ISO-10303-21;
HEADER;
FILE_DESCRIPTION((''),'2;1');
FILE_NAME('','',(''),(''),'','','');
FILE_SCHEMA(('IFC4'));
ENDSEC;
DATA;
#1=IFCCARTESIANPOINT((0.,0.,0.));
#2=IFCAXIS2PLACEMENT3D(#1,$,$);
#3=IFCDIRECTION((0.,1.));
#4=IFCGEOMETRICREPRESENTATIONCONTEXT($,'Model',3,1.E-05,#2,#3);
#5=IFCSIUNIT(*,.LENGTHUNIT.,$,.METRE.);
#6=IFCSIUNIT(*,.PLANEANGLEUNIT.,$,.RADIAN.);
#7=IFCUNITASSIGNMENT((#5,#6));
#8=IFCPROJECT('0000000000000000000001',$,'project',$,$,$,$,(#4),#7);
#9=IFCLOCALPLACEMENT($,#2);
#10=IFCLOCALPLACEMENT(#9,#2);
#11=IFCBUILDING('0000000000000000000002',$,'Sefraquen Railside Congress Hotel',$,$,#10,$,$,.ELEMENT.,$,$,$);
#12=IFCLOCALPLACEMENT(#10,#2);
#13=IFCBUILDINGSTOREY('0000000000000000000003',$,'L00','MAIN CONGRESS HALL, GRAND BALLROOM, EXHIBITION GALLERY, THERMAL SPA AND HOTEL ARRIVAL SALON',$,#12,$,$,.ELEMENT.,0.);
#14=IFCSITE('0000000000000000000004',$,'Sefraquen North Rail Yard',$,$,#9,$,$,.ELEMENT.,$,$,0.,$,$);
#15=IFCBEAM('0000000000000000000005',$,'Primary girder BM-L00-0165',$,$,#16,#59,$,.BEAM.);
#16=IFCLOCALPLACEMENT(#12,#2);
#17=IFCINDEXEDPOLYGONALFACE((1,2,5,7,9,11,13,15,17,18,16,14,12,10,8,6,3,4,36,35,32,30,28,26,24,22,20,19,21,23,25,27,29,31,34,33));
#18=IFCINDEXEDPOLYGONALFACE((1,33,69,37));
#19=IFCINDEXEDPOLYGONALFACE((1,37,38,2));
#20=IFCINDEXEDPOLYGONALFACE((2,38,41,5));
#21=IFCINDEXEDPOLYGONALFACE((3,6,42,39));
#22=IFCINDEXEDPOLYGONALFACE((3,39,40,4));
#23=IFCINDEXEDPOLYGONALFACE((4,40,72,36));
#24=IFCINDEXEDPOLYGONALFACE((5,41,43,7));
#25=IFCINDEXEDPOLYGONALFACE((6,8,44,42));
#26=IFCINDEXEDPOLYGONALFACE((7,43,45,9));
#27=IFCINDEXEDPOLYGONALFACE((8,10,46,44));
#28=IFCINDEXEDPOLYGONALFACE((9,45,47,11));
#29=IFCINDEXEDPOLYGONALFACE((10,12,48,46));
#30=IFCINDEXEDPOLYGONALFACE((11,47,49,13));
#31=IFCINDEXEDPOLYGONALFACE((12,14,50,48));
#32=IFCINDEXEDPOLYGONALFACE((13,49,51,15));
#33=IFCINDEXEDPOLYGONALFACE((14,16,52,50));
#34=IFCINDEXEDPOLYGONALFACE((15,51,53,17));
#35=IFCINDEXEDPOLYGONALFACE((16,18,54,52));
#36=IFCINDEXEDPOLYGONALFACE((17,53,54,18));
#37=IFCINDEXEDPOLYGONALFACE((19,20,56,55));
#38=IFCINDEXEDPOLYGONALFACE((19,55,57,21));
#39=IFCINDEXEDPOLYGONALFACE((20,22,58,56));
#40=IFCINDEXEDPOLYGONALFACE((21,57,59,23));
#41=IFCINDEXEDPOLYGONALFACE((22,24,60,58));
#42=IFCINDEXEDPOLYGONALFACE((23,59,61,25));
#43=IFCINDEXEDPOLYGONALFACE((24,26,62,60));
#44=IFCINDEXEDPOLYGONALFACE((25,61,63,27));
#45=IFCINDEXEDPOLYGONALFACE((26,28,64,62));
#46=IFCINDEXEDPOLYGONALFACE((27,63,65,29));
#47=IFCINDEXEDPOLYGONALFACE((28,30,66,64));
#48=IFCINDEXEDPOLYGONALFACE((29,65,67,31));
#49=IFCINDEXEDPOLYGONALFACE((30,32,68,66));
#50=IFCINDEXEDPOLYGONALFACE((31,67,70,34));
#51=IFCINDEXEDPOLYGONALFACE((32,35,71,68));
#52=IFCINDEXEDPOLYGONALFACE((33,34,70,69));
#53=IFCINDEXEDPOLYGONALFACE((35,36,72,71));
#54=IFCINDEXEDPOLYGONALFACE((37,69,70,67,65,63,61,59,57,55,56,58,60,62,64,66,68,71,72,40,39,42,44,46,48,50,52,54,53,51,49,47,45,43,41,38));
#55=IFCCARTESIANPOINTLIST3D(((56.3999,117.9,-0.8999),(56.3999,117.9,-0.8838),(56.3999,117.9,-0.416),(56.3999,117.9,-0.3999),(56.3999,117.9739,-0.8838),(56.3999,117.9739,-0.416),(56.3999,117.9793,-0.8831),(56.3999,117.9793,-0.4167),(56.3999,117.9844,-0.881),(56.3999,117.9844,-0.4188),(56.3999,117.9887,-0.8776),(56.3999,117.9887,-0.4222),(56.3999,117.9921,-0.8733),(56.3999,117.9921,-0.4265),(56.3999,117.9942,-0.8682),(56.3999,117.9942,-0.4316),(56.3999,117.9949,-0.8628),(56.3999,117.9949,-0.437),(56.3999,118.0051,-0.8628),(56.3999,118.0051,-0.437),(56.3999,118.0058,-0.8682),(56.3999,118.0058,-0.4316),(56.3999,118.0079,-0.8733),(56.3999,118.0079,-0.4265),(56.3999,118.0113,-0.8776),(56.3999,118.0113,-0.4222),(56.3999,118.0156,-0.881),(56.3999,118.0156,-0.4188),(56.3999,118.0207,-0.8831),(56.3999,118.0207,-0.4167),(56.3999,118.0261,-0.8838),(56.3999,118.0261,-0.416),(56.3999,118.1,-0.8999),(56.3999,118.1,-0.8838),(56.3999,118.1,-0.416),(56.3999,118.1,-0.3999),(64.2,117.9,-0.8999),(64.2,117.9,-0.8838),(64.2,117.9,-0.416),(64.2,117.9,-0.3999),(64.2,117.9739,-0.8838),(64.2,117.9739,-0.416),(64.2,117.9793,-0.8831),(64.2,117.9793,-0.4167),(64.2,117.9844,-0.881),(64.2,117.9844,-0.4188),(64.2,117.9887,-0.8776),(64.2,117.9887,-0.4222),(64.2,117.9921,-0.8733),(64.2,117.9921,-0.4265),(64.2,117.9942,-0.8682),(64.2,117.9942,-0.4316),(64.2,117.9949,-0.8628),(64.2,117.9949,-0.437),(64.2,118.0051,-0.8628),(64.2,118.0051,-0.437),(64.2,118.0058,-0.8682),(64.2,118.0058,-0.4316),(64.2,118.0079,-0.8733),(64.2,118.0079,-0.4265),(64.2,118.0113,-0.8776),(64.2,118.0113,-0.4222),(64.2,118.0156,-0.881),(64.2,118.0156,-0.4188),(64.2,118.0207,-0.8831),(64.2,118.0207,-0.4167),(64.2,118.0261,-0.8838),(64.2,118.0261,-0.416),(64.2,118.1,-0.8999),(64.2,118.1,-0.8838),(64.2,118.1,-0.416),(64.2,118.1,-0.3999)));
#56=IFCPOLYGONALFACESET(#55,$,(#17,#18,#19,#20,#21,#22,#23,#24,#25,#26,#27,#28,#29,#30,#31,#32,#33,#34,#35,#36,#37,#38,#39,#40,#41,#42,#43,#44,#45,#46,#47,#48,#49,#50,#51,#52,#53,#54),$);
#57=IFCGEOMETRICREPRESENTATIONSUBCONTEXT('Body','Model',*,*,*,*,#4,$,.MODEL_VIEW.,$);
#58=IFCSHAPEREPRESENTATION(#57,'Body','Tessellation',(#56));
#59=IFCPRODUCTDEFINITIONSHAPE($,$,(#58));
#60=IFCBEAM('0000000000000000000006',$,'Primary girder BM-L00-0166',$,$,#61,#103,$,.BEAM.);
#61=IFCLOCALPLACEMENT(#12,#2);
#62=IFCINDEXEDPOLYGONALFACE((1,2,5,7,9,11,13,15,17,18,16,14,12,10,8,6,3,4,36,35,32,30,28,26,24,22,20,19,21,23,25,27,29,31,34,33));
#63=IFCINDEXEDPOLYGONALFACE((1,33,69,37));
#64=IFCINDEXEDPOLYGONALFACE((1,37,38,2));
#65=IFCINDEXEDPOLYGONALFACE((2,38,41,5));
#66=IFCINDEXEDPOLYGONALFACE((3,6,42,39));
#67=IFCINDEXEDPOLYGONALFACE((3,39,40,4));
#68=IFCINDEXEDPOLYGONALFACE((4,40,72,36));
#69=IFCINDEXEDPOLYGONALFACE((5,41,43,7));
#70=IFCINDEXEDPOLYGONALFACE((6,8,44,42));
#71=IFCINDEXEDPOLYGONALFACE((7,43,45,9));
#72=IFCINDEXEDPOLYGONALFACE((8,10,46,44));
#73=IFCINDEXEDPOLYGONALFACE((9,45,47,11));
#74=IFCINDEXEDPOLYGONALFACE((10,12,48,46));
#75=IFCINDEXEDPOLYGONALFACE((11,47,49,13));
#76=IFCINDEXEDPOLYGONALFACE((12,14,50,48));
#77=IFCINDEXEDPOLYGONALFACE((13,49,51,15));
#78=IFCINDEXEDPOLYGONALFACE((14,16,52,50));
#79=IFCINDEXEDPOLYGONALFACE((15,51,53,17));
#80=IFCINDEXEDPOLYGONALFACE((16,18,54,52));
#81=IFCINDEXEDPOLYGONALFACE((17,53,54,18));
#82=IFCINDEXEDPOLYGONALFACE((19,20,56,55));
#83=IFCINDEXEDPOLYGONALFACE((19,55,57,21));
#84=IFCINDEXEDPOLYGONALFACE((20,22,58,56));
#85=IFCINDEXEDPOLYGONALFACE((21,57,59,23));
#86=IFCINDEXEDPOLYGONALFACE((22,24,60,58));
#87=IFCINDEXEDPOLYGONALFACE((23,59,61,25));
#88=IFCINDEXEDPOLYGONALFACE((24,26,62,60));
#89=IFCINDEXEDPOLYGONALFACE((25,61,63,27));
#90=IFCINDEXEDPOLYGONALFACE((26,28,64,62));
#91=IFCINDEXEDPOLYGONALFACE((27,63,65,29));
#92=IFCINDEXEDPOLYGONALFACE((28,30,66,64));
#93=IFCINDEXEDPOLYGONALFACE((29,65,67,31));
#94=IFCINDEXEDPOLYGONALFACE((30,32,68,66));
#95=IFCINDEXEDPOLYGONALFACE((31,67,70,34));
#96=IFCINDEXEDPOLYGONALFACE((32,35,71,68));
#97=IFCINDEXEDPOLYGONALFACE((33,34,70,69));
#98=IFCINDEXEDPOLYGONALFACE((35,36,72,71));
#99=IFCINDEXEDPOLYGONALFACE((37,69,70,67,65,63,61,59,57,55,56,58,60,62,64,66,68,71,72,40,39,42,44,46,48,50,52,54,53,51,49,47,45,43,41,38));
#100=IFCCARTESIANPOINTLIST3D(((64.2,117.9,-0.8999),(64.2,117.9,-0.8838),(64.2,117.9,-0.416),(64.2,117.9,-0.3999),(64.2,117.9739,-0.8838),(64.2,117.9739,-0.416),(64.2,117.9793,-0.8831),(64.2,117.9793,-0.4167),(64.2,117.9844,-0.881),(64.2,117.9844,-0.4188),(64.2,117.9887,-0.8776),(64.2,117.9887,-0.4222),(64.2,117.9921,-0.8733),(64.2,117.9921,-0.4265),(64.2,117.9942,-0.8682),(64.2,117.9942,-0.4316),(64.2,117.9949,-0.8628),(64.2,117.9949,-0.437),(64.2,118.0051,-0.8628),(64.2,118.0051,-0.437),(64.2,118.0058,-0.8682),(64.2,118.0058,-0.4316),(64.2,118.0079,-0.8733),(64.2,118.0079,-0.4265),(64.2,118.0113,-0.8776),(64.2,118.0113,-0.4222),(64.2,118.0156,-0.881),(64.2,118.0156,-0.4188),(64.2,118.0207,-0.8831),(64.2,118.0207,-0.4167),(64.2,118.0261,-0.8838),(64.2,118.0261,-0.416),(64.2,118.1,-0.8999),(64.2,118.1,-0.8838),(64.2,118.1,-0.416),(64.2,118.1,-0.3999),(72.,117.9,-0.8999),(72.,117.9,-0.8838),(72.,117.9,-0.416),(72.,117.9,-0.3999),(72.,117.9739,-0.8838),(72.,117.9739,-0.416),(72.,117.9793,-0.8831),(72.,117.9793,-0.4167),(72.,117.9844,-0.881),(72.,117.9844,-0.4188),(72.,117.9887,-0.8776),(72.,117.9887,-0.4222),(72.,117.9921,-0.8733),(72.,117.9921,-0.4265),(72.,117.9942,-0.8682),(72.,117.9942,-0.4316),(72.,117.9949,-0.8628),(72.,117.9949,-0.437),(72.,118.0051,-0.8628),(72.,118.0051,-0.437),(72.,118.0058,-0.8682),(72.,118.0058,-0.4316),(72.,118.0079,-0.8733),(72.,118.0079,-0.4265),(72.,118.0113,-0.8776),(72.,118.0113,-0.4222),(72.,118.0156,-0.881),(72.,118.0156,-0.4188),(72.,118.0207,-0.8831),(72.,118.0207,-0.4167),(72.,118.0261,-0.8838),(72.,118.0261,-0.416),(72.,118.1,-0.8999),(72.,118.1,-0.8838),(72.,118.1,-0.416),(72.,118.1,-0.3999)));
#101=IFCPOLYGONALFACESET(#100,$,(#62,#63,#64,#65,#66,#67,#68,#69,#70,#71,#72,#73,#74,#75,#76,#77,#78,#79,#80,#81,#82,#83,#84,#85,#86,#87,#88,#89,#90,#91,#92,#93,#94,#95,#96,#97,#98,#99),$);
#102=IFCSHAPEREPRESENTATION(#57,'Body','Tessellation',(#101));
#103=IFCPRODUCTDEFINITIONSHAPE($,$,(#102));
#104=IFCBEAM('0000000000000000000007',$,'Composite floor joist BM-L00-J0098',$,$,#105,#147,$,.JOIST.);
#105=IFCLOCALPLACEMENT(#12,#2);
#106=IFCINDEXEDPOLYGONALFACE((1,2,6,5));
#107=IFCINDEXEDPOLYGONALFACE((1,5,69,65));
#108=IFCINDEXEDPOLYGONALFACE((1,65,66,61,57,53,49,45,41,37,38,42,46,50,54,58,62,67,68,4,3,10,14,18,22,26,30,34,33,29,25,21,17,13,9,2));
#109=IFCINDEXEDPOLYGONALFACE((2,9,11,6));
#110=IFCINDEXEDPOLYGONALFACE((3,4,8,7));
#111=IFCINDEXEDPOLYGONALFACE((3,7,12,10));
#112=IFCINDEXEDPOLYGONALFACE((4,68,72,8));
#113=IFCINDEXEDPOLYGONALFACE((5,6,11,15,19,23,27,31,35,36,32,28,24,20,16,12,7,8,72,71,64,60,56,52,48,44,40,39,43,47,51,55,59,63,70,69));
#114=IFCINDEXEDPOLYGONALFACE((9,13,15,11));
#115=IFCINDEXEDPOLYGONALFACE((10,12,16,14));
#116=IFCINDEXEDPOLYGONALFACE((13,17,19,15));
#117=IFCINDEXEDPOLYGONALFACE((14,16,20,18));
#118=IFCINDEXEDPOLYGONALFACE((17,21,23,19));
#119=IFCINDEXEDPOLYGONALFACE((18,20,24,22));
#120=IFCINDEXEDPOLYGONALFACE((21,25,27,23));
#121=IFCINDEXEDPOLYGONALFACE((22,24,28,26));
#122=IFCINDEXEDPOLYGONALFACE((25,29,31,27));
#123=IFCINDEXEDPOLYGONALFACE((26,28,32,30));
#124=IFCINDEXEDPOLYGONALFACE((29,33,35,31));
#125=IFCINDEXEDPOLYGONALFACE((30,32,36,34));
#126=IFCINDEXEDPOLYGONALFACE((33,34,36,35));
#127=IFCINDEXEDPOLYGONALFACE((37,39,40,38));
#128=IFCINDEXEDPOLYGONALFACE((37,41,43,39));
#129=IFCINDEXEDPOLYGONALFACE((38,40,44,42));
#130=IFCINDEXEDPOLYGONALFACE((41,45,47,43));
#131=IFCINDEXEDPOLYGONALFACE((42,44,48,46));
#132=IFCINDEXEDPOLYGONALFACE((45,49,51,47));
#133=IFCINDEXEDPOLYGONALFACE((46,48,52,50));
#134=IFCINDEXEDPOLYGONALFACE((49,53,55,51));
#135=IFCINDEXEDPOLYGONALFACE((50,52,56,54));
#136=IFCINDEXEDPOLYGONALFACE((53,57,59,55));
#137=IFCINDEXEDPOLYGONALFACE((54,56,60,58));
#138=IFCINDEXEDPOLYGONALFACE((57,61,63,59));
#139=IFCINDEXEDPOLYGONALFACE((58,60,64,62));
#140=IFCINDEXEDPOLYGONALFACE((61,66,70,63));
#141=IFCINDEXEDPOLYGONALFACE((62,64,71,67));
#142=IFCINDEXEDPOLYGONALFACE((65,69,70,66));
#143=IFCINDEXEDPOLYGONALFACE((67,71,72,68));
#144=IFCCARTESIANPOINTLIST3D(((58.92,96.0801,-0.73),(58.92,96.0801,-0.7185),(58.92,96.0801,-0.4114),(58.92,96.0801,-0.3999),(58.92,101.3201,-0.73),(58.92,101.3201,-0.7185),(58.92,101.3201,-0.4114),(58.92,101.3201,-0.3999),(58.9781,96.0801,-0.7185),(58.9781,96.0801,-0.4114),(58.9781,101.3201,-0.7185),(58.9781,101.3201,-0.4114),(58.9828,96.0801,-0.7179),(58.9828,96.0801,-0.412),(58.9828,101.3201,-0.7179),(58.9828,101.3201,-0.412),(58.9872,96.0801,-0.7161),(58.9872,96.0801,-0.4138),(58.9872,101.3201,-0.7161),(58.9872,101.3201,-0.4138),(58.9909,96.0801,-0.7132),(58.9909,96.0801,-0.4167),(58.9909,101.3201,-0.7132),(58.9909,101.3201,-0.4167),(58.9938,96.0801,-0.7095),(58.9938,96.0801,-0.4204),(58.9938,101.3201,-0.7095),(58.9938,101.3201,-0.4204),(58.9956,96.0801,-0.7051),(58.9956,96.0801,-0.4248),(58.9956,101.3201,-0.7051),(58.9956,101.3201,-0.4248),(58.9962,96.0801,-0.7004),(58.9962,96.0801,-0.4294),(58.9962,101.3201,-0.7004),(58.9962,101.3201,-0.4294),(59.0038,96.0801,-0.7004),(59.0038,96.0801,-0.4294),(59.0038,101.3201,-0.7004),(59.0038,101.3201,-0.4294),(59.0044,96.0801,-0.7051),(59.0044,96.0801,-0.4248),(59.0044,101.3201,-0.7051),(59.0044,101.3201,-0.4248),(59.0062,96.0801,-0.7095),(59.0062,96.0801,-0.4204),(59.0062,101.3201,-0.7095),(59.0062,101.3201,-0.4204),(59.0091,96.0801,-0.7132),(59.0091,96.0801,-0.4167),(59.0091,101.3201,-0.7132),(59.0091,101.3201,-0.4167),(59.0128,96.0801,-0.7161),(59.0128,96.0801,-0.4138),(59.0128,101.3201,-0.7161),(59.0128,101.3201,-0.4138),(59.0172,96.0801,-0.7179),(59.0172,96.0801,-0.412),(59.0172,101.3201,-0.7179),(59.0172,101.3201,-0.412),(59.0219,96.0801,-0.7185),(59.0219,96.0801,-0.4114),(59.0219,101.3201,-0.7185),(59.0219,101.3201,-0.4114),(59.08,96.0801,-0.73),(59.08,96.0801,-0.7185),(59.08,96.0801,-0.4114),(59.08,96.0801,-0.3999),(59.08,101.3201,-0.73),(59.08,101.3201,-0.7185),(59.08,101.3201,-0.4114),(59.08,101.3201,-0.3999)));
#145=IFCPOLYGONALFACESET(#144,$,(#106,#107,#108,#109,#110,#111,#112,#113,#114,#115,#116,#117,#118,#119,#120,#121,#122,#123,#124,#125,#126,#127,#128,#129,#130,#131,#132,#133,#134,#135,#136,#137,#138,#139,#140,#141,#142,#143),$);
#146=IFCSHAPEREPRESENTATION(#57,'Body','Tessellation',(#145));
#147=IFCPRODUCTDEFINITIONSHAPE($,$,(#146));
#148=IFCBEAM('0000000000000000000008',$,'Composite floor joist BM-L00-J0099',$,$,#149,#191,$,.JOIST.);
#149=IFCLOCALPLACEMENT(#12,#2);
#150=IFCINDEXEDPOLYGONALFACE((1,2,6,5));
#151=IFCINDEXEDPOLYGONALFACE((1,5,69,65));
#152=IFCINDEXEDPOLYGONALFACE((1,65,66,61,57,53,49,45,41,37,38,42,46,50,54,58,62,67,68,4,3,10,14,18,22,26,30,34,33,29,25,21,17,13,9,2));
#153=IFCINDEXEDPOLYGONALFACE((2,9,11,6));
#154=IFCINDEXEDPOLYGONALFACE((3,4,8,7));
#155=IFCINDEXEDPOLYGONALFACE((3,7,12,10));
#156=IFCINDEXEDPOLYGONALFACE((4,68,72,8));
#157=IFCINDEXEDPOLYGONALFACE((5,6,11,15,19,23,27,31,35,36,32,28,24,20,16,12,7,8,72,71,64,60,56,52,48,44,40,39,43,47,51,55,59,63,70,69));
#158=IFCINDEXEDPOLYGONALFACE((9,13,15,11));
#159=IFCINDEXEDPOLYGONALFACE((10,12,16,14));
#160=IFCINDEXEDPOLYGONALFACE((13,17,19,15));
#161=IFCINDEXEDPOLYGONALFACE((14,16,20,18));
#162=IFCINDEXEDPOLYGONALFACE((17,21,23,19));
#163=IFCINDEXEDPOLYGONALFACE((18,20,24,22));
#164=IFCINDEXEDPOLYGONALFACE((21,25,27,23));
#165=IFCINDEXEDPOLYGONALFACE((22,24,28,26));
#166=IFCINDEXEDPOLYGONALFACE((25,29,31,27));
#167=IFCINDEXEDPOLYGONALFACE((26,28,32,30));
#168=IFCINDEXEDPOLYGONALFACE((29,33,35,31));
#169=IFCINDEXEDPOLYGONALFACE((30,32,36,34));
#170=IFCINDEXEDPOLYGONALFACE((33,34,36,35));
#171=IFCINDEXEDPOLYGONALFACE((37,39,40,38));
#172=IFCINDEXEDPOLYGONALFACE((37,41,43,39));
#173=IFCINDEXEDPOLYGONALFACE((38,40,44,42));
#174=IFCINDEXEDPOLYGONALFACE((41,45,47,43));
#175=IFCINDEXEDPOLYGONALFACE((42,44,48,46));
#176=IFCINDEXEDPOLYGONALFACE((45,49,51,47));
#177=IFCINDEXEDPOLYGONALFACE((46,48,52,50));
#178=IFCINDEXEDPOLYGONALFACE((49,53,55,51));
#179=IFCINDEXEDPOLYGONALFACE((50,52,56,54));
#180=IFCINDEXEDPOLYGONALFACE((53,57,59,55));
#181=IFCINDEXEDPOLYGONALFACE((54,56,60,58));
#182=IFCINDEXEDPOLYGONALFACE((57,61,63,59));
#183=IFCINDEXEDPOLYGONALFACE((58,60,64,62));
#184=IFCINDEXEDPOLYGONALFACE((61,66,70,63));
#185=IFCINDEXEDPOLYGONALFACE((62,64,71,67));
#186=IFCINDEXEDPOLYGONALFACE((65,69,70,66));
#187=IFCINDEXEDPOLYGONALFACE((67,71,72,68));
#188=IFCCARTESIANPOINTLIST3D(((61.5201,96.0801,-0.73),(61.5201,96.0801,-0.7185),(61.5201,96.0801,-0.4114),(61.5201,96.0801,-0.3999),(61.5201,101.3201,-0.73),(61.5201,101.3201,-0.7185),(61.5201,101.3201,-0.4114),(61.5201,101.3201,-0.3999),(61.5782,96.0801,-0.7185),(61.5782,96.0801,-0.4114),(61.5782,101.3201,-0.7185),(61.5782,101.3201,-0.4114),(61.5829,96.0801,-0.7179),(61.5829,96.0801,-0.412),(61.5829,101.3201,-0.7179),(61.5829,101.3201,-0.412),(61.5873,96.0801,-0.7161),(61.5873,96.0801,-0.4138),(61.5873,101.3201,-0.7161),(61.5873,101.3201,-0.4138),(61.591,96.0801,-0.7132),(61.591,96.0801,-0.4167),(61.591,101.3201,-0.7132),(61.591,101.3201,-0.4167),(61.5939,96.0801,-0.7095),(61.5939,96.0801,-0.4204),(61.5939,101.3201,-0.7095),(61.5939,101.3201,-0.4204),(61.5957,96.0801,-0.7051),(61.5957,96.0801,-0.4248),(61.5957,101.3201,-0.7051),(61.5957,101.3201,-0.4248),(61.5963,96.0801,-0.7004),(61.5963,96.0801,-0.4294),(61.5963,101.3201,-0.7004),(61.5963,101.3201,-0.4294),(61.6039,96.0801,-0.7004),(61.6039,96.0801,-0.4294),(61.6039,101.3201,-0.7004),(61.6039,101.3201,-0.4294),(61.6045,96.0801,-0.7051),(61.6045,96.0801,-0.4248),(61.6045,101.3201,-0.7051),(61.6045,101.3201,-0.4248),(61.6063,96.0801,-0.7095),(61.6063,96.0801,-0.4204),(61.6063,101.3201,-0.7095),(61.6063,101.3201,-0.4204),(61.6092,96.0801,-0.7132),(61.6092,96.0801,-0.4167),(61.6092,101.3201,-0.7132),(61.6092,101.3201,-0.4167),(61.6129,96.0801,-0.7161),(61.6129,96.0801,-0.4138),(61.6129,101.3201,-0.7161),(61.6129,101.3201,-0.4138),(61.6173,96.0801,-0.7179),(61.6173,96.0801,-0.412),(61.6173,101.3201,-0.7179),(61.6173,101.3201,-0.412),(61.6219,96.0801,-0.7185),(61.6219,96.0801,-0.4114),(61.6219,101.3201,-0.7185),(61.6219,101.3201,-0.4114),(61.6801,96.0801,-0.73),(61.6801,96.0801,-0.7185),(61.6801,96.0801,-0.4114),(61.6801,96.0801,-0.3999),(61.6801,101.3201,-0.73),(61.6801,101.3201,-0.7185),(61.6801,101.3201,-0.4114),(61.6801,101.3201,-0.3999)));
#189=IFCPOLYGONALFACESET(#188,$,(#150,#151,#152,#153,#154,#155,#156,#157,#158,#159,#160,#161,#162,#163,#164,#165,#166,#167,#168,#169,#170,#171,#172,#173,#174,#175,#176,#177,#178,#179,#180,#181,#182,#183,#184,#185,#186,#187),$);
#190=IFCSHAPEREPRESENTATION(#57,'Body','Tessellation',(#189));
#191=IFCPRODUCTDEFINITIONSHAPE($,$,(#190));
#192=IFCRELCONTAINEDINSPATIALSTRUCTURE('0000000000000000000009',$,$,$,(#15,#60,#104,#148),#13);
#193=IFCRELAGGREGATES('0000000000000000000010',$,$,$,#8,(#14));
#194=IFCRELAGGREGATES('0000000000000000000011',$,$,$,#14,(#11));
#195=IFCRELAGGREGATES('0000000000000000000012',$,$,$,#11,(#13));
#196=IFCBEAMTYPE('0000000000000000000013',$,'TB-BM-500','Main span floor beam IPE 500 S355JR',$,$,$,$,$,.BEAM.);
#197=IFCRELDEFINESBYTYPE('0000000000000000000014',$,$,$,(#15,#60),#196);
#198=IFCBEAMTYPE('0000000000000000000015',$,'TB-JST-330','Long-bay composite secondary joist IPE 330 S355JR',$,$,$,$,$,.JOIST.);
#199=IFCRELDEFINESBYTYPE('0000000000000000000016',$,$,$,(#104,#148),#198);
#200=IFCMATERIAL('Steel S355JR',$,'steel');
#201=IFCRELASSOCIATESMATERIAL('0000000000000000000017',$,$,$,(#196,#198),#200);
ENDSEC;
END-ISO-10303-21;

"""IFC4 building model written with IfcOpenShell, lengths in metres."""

from ifc_helpers import new_model, si_unit, direction, frame, origin, origin_2d, place, context, subcontext, project, spatial, i_section, extrude, material, material_profile, profile_set, type_object, element, save


model = new_model("IFC4")

# Units and contexts
model_context = context("Model", 3, precision=1e-05, world=origin(), true_north=direction((0.0, 1.0)))
body_context = subcontext(model_context, "Body", "Model", "MODEL_VIEW")
ifc_project = project(units=[si_unit("LENGTHUNIT", "METRE"), si_unit("PLANEANGLEUNIT", "RADIAN")], contexts=[model_context])

# Site, building, storey
site_placement = place(None, origin())
site = spatial("IfcSite", under=ifc_project, at=site_placement, Name="Sefraquen North Rail Yard", CompositionType="ELEMENT", RefElevation=0.0)
building_placement = place(site_placement, origin())
building = spatial("IfcBuilding", under=site, at=building_placement, Name="Sefraquen Railside Congress Hotel", CompositionType="ELEMENT")
storey_placement = place(building_placement, origin())
storey = spatial("IfcBuildingStorey", under=building, at=storey_placement, Name="L00", Description="MAIN CONGRESS HALL, GRAND BALLROOM, EXHIBITION GALLERY, THERMAL SPA AND HOTEL ARRIVAL SALON", CompositionType="ELEMENT", Elevation=0.0)

# Shared definitions
ifc_material_1 = material(Name="Steel S355JR", Category="steel")

# Beams
ifc_material_profile_1 = material_profile(ifc_material_1, i_section(OverallWidth=0.2, OverallDepth=0.5, WebThickness=0.0103, FlangeThickness=0.0161, FilletRadius=0.021, at=origin_2d()), Name="IPE 500")
ifc_profile_set_1 = profile_set([ifc_material_profile_1], Name="Steel S355JR")
beam_type_1 = type_object("IfcBeamType", Name="TB-BM-500", Description="Main span floor beam IPE 500 S355JR", PredefinedType="BEAM", material=ifc_profile_set_1)
for number, where, z_axis, x_axis, name in (
    (1, (56.3999, 118.0, -0.6499), (1.0, 0.0, 0.0), (0.0, 1.0, 0.0), "Primary girder BM-L00-0165"),
    (2, (64.2, 118.0, -0.6499), (1.0, 0.0, 0.0), (0.0, 1.0, 0.0), "Primary girder BM-L00-0166"),
):
    element("IfcBeam", number, at=place(storey_placement, frame(where, z_axis=z_axis, x_axis=x_axis)), inside=storey, type_object=beam_type_1, Name=name, PredefinedType="BEAM", context=body_context, shape_type="SweptSolid", body=[
        extrude(i_section(OverallWidth=0.2, OverallDepth=0.5, WebThickness=0.0103, FlangeThickness=0.0161, FilletRadius=0.021, at=origin_2d()), origin(), (0.0, 0.0, 1.0), 7.8),
    ])
ifc_material_profile_2 = material_profile(ifc_material_1, i_section(OverallWidth=0.1599, OverallDepth=0.3301, WebThickness=0.0076, FlangeThickness=0.0115, FilletRadius=0.0181, at=origin_2d()), Name="IPE 330")
ifc_profile_set_2 = profile_set([ifc_material_profile_2], Name="Steel S355JR")
beam_type_2 = type_object("IfcBeamType", Name="TB-JST-330", Description="Long-bay composite secondary joist IPE 330 S355JR", PredefinedType="JOIST", material=ifc_profile_set_2)
for number, where, z_axis, x_axis, name in (
    (3, (59.0, 96.0801, -0.5649), (0.0, 1.0, 0.0), (-1.0, 0.0, 0.0), "Composite floor joist BM-L00-J0098"),
    (4, (61.6001, 96.0801, -0.5649), (0.0, 1.0, 0.0), (-1.0, 0.0, 0.0), "Composite floor joist BM-L00-J0099"),
):
    element("IfcBeam", number, at=place(storey_placement, frame(where, z_axis=z_axis, x_axis=x_axis)), inside=storey, type_object=beam_type_2, Name=name, PredefinedType="JOIST", context=body_context, shape_type="SweptSolid", body=[
        extrude(i_section(OverallWidth=0.1599, OverallDepth=0.3301, WebThickness=0.0076, FlangeThickness=0.0115, FilletRadius=0.0181, at=origin_2d()), origin(), (0.0, 0.0, 1.0), 5.24),
    ])

save(model, "model.ifc")
